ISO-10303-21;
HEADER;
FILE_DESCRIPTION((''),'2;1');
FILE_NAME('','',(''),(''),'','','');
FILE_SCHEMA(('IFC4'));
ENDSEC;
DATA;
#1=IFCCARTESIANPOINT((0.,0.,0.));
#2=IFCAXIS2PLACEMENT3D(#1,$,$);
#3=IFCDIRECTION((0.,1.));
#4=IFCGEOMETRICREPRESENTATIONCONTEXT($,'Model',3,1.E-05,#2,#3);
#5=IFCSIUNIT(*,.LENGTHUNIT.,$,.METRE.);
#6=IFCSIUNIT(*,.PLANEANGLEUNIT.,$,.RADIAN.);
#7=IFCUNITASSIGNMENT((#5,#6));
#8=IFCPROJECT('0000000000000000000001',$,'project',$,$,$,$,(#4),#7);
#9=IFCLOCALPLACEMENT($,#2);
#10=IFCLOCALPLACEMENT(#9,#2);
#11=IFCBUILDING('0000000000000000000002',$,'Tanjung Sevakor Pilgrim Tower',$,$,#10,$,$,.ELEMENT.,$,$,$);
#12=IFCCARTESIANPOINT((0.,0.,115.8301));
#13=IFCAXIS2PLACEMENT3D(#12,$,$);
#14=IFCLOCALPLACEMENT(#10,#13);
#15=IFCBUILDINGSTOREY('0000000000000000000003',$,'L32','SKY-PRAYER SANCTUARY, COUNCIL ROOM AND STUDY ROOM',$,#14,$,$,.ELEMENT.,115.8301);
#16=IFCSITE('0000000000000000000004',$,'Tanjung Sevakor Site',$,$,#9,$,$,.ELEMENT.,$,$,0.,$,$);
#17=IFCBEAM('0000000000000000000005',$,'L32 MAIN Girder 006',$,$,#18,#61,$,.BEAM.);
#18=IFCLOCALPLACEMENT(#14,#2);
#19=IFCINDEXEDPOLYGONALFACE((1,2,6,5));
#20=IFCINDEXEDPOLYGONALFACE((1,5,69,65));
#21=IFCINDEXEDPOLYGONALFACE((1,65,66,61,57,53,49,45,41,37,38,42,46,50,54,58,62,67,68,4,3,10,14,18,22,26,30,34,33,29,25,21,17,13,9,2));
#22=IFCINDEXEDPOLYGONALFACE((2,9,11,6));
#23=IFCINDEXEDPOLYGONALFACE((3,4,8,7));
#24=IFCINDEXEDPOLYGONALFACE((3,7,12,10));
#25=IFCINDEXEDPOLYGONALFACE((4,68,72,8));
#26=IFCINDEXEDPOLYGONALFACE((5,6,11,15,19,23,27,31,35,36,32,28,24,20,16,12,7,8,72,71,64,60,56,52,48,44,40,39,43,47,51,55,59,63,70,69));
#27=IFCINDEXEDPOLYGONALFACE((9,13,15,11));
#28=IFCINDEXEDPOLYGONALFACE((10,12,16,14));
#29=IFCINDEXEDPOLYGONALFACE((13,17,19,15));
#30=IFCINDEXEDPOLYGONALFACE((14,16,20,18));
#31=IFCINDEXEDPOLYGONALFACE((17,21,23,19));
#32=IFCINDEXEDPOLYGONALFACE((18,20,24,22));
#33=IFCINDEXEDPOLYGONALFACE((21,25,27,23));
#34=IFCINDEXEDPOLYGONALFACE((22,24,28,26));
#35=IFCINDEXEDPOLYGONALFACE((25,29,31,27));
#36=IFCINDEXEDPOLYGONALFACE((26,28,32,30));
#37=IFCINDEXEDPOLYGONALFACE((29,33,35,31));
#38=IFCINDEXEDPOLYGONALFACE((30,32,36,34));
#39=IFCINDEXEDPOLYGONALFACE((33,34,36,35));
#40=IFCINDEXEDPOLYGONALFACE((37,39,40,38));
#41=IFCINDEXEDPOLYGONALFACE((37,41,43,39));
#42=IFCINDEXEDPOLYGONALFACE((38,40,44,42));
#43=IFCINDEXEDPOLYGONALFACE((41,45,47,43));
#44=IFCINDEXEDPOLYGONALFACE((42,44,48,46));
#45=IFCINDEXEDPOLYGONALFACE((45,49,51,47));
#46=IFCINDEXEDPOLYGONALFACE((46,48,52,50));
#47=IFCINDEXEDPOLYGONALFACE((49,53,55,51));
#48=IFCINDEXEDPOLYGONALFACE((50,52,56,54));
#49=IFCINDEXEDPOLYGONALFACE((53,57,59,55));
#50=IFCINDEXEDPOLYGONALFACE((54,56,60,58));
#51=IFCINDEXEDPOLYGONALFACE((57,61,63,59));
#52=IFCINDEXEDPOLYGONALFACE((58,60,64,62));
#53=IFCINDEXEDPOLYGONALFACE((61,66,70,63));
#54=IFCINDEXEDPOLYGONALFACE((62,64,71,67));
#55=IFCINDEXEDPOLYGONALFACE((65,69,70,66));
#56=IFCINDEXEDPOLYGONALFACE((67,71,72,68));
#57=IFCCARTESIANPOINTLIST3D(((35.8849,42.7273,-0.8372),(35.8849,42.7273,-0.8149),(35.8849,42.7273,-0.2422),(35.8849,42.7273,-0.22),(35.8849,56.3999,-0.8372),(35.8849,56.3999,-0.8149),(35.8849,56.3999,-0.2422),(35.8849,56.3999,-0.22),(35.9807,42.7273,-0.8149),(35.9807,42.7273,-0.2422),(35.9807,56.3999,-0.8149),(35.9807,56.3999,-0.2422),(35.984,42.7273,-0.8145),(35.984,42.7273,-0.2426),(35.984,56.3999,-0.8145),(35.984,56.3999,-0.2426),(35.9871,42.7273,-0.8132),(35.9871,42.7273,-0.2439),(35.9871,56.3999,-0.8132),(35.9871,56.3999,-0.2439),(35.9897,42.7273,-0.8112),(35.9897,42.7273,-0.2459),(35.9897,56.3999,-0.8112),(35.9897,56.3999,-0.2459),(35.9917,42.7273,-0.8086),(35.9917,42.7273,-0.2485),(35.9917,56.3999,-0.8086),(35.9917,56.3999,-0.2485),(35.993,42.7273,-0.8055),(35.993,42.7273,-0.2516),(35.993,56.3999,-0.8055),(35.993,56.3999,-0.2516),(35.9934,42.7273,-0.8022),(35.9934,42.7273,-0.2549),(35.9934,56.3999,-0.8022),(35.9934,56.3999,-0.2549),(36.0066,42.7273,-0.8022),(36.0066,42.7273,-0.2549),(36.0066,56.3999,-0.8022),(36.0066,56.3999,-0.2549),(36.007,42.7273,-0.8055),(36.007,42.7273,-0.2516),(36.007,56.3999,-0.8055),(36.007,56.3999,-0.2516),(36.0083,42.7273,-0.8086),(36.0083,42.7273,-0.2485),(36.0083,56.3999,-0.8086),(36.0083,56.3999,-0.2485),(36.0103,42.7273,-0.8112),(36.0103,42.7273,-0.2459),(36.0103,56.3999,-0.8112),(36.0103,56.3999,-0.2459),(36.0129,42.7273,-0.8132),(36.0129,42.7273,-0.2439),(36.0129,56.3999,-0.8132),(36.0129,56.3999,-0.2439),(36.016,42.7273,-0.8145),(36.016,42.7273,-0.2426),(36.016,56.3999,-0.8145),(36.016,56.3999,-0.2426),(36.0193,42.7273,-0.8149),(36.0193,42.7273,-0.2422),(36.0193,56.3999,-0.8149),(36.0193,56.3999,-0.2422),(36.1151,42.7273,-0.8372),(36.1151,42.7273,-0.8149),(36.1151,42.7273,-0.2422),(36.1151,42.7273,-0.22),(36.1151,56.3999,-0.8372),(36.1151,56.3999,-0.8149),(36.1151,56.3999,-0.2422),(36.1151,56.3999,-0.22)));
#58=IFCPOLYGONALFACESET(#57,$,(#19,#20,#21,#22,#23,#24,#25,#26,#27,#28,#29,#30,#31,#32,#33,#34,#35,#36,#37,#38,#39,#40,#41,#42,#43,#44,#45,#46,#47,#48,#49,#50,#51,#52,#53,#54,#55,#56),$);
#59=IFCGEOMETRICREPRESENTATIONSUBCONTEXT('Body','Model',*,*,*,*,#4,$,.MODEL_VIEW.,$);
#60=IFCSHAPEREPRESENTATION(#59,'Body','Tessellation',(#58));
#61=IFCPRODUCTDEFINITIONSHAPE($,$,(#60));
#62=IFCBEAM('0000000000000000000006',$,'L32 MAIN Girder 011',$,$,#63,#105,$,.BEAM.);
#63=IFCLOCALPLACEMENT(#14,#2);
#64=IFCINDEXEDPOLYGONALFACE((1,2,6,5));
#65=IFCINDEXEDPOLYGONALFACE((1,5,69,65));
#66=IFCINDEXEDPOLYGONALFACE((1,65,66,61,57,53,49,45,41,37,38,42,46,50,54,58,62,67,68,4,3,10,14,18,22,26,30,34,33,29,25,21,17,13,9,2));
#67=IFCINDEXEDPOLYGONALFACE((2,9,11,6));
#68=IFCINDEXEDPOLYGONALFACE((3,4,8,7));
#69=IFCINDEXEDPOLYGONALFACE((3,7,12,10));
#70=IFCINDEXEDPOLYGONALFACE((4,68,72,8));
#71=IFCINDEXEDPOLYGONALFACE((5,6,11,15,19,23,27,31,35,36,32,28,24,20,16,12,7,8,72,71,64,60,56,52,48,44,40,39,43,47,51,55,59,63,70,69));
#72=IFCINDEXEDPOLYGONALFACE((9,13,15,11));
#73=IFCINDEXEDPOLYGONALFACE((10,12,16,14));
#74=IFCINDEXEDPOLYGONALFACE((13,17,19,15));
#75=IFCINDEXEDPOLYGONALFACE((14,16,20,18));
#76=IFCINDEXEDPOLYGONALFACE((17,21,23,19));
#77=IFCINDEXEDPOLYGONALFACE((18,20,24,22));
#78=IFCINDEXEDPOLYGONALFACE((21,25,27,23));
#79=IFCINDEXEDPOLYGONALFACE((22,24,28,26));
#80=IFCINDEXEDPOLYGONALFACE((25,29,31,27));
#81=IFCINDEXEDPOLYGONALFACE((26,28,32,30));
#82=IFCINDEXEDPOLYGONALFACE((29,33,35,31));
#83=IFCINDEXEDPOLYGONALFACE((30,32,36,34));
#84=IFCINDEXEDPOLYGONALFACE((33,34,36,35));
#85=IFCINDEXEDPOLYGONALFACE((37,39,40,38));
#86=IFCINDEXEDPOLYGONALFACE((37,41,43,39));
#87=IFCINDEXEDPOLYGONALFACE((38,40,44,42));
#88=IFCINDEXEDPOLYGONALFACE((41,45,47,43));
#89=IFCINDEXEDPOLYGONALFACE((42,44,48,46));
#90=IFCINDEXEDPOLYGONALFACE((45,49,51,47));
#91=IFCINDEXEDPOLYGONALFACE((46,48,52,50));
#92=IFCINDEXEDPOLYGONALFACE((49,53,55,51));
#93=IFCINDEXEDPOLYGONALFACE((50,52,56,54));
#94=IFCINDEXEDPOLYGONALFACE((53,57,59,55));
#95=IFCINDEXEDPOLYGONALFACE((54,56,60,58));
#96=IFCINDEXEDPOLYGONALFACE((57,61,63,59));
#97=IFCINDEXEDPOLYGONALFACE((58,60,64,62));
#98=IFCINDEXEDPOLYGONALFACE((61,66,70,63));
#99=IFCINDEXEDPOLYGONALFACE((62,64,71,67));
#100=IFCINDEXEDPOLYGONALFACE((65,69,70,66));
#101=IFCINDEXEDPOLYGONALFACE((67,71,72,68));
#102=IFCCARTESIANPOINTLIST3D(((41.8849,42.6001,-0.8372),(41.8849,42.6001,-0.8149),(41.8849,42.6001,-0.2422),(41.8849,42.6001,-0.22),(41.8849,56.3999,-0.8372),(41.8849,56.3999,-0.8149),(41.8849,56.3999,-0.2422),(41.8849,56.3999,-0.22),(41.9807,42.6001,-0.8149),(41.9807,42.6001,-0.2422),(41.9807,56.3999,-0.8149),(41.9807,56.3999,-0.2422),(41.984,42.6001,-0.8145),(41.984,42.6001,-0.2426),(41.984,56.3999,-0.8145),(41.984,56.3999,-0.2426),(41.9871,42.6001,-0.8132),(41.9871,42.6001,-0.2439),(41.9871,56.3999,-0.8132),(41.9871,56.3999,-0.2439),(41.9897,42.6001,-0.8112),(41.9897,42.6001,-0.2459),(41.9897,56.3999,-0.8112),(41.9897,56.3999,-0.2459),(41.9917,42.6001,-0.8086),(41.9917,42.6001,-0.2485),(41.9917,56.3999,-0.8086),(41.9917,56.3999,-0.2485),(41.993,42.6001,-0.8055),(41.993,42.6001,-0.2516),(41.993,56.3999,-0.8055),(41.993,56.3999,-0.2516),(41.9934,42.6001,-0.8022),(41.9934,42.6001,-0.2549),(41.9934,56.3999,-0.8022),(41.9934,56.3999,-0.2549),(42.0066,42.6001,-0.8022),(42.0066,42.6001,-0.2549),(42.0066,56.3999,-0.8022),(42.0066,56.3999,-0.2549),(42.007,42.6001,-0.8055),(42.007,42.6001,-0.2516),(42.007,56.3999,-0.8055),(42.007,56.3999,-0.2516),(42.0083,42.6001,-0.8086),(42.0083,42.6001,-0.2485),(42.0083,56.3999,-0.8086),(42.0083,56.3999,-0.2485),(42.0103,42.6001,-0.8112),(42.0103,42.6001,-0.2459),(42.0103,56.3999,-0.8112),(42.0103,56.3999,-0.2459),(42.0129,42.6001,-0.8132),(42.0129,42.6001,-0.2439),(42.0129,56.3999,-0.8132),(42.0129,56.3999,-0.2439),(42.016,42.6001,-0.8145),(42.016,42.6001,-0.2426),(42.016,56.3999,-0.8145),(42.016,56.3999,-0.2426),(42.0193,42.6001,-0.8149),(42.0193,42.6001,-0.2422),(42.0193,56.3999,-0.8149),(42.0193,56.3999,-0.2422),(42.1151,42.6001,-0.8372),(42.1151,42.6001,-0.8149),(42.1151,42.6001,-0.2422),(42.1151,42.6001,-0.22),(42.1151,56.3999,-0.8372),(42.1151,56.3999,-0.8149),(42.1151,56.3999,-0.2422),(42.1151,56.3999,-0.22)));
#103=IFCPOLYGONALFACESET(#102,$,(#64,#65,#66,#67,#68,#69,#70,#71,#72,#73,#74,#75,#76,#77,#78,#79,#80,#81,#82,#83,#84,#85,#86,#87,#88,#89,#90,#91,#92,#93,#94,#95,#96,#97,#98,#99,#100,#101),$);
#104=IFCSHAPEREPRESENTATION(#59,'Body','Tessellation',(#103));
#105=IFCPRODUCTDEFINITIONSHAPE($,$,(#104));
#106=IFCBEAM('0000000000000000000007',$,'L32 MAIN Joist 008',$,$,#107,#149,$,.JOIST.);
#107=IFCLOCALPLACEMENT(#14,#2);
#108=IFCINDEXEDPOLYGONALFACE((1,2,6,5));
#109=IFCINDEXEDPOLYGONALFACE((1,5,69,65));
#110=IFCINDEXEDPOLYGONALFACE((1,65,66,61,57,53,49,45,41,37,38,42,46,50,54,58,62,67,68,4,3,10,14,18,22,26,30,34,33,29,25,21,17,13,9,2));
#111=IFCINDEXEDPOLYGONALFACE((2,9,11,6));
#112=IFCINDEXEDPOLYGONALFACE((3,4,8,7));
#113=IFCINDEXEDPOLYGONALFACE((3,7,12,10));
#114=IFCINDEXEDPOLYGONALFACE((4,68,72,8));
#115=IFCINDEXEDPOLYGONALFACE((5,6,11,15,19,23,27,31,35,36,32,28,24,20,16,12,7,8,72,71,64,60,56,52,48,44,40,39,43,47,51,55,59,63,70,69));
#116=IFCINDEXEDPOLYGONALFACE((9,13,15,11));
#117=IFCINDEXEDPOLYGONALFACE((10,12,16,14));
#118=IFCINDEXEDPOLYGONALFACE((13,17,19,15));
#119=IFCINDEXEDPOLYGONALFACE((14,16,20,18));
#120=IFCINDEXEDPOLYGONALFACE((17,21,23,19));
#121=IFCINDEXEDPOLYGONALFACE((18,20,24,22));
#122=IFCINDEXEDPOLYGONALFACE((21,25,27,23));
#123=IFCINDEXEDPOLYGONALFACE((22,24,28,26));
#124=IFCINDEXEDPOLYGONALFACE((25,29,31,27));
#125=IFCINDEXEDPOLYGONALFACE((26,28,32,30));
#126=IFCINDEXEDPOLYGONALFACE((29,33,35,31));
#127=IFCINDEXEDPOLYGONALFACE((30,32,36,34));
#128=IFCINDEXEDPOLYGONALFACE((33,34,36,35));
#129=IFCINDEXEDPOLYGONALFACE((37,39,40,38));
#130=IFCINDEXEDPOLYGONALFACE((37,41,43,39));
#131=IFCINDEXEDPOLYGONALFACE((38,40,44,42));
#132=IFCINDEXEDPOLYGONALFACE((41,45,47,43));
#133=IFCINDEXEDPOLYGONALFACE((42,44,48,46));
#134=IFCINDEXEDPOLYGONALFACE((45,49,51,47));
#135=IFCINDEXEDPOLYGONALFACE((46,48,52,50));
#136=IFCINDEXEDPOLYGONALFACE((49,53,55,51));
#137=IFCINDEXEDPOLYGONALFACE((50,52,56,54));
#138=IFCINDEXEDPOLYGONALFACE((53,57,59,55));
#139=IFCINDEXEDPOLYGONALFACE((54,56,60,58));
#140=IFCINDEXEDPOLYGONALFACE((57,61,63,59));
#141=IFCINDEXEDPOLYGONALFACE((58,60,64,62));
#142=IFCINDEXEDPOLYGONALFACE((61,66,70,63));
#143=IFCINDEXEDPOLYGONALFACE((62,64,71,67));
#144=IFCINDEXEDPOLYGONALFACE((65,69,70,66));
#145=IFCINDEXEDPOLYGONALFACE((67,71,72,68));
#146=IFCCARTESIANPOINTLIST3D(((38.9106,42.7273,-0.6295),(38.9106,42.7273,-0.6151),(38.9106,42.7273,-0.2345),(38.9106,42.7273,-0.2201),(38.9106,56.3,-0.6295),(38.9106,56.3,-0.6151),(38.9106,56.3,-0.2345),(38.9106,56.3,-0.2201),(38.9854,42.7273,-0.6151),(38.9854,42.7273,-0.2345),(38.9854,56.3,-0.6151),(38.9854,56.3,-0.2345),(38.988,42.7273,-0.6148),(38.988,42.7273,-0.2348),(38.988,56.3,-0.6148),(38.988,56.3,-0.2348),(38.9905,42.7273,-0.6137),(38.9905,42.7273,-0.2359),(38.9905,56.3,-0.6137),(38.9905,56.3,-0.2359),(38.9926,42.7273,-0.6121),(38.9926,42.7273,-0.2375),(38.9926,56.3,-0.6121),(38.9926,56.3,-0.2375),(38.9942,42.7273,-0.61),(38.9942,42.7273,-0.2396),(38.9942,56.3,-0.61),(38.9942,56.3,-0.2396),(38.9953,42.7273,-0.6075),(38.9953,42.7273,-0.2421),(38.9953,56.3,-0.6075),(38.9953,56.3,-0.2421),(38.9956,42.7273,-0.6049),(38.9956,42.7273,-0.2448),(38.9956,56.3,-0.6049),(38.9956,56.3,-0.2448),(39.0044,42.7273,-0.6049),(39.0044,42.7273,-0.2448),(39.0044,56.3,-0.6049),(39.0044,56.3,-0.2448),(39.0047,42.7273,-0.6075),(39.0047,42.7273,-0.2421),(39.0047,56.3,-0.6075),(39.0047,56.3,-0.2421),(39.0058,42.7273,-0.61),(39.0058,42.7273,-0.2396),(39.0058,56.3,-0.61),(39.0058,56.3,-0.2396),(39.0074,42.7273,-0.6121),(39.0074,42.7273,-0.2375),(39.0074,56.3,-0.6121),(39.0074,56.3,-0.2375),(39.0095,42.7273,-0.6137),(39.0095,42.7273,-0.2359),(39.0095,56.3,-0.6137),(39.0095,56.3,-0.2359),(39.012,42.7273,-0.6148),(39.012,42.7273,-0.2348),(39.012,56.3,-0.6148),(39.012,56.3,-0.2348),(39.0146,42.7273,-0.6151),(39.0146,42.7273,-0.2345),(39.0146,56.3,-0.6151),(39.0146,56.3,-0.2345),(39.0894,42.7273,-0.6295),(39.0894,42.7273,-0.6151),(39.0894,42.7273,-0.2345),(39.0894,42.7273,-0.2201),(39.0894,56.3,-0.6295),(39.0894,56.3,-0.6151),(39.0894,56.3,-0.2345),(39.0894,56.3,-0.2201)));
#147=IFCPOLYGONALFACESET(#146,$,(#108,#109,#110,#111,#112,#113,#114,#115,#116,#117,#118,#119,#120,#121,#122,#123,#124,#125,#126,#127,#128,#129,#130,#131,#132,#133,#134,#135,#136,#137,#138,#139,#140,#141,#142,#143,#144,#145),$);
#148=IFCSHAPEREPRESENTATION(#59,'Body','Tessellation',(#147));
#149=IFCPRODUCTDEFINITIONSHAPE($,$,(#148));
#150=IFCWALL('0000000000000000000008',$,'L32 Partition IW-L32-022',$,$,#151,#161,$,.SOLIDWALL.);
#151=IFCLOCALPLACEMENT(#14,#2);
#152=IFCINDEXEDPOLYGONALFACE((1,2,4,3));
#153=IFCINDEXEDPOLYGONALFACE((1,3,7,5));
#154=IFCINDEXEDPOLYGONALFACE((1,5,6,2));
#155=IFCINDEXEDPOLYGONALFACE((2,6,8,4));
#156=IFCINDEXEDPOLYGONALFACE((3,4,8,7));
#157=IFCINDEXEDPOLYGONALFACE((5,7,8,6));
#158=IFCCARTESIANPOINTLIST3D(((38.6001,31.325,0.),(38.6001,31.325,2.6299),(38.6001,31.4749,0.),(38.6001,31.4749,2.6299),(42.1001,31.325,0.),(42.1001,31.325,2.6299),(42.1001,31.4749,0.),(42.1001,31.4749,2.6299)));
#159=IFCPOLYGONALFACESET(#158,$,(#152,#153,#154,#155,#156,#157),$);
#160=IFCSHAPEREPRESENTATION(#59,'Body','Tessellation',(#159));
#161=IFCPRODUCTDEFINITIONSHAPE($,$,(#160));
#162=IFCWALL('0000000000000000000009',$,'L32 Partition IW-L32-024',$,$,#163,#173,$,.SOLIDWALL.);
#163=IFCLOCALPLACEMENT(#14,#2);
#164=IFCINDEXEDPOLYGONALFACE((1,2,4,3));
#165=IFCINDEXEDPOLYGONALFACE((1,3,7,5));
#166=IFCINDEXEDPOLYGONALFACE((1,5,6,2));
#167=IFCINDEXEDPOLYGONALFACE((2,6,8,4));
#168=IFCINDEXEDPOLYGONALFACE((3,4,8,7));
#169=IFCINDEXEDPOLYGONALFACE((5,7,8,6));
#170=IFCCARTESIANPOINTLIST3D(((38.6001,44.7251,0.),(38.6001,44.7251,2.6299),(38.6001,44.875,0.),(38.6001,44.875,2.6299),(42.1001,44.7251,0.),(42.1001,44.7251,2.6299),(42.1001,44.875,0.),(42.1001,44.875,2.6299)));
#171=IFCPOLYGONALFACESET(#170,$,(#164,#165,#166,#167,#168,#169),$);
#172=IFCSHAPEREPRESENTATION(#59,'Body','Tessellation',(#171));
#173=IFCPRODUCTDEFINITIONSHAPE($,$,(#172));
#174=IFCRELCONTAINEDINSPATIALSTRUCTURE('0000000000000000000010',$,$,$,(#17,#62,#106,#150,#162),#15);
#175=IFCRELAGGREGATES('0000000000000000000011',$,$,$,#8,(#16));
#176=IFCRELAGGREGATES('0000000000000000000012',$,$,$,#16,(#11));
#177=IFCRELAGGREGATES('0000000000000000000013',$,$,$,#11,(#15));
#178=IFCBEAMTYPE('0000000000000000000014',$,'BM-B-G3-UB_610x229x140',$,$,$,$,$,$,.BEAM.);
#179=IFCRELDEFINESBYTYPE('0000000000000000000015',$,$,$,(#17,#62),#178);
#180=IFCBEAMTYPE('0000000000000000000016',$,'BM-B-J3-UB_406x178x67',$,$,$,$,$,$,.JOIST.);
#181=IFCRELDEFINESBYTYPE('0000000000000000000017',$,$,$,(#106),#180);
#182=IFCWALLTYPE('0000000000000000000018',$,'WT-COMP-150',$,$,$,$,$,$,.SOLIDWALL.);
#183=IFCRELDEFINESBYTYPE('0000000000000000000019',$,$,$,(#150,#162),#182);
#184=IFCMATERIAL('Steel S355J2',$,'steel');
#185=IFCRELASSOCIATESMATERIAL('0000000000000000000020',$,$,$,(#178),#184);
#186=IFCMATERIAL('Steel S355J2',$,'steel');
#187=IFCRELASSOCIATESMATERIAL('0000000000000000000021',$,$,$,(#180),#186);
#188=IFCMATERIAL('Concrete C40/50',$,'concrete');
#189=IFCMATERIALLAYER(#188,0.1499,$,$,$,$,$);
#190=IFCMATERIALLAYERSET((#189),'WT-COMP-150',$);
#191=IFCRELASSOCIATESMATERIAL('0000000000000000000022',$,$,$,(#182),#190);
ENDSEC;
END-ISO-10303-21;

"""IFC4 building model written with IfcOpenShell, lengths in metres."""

from ifc_helpers import new_model, si_unit, direction, frame, frame_2d, origin, origin_2d, place, context, subcontext, project, spatial, rectangle, i_section, extrude, material, layer, layer_set, material_profile, profile_set, type_object, element, save


model = new_model("IFC4")

# Units and contexts
model_context = context("Model", 3, precision=1e-05, world=origin(), true_north=direction((0.0, 1.0)))
body_context = subcontext(model_context, "Body", "Model", "MODEL_VIEW")
ifc_project = project(units=[si_unit("LENGTHUNIT", "METRE"), si_unit("PLANEANGLEUNIT", "RADIAN")], contexts=[model_context])

# Site, building, storey
site_placement = place(None, origin())
site = spatial("IfcSite", under=ifc_project, at=site_placement, Name="Tanjung Sevakor Site", CompositionType="ELEMENT", RefElevation=0.0)
building_placement = place(site_placement, origin())
building = spatial("IfcBuilding", under=site, at=building_placement, Name="Tanjung Sevakor Pilgrim Tower", CompositionType="ELEMENT")
storey_placement = place(building_placement, frame((0.0, 0.0, 115.8301)))
storey = spatial("IfcBuildingStorey", under=building, at=storey_placement, Name="L32", Description="SKY-PRAYER SANCTUARY, COUNCIL ROOM AND STUDY ROOM", CompositionType="ELEMENT", Elevation=115.8301)

# Beams
ifc_material_1 = material(Name="Steel S355J2", Category="steel")
ifc_material_profile_1 = material_profile(ifc_material_1, i_section(OverallWidth=0.2302, OverallDepth=0.6172, WebThickness=0.0132, FlangeThickness=0.0222, FilletRadius=0.0127, at=origin_2d()))
ifc_profile_set_1 = profile_set([ifc_material_profile_1], Name="Steel S355J2")
beam_type_1 = type_object("IfcBeamType", Name="BM-B-G3-UB_610x229x140", PredefinedType="BEAM", material=ifc_profile_set_1)
beam_1_placement = place(storey_placement, frame((36.0, 42.7273, -0.5286), z_axis=(0.0, 1.0, 0.0), x_axis=(-1.0, 0.0, 0.0)))
element("IfcBeam", 1, at=beam_1_placement, inside=storey, type_object=beam_type_1, Name="L32 MAIN Girder 006", PredefinedType="BEAM", context=body_context, shape_type="SweptSolid", body=[
    extrude(i_section(OverallWidth=0.2302, OverallDepth=0.6172, WebThickness=0.0132, FlangeThickness=0.0222, FilletRadius=0.0127, at=origin_2d()), origin(), (0.0, 0.0, 1.0), 13.6726),
])
beam_2_placement = place(storey_placement, frame((42.0, 42.6001, -0.5286), z_axis=(0.0, 1.0, 0.0), x_axis=(-1.0, 0.0, 0.0)))
element("IfcBeam", 2, at=beam_2_placement, inside=storey, type_object=beam_type_1, Name="L32 MAIN Girder 011", PredefinedType="BEAM", context=body_context, shape_type="SweptSolid", body=[
    extrude(i_section(OverallWidth=0.2302, OverallDepth=0.6172, WebThickness=0.0132, FlangeThickness=0.0222, FilletRadius=0.0127, at=origin_2d()), origin(), (0.0, 0.0, 1.0), 13.7998),
])
ifc_material_2 = material(Name="Steel S355J2", Category="steel")
ifc_material_profile_2 = material_profile(ifc_material_2, i_section(OverallWidth=0.1787, OverallDepth=0.4094, WebThickness=0.0088, FlangeThickness=0.0144, FilletRadius=0.0103, at=origin_2d()))
ifc_profile_set_2 = profile_set([ifc_material_profile_2], Name="Steel S355J2")
beam_type_2 = type_object("IfcBeamType", Name="BM-B-J3-UB_406x178x67", PredefinedType="JOIST", material=ifc_profile_set_2)
beam_3_placement = place(storey_placement, frame((39.0, 42.7273, -0.4248), z_axis=(0.0, 1.0, 0.0), x_axis=(-1.0, 0.0, 0.0)))
element("IfcBeam", 3, at=beam_3_placement, inside=storey, type_object=beam_type_2, Name="L32 MAIN Joist 008", PredefinedType="JOIST", context=body_context, shape_type="SweptSolid", body=[
    extrude(i_section(OverallWidth=0.1787, OverallDepth=0.4094, WebThickness=0.0088, FlangeThickness=0.0144, FilletRadius=0.0103, at=origin_2d()), origin(), (0.0, 0.0, 1.0), 13.5728),
])

# Walls
ifc_material_3 = material(Name="Concrete C40/50", Category="concrete")
ifc_layer = layer(ifc_material_3, 0.1499)
ifc_layer_set = layer_set([ifc_layer], Name="WT-COMP-150")
wall_type = type_object("IfcWallType", Name="WT-COMP-150", PredefinedType="SOLIDWALL", material=ifc_layer_set)
for number, where, z_axis, x_axis, name in (
    (4, (38.6001, 31.3999, 0.0), (0.0, 0.0, 1.0), (1.0, 0.0, 0.0), "L32 Partition IW-L32-022"),
    (5, (38.6001, 44.8, 0.0), (0.0, 0.0, 1.0), (1.0, 0.0, 0.0), "L32 Partition IW-L32-024"),
):
    element("IfcWall", number, at=place(storey_placement, frame(where, z_axis=z_axis, x_axis=x_axis)), inside=storey, type_object=wall_type, Name=name, PredefinedType="SOLIDWALL", context=body_context, shape_type="SweptSolid", body=[
        extrude(rectangle(XDim=3.5, YDim=0.1499, at=frame_2d((1.75, 0.0))), origin(), (0.0, 0.0, 1.0), 2.6299),
    ])

save(model, "model.ifc")
